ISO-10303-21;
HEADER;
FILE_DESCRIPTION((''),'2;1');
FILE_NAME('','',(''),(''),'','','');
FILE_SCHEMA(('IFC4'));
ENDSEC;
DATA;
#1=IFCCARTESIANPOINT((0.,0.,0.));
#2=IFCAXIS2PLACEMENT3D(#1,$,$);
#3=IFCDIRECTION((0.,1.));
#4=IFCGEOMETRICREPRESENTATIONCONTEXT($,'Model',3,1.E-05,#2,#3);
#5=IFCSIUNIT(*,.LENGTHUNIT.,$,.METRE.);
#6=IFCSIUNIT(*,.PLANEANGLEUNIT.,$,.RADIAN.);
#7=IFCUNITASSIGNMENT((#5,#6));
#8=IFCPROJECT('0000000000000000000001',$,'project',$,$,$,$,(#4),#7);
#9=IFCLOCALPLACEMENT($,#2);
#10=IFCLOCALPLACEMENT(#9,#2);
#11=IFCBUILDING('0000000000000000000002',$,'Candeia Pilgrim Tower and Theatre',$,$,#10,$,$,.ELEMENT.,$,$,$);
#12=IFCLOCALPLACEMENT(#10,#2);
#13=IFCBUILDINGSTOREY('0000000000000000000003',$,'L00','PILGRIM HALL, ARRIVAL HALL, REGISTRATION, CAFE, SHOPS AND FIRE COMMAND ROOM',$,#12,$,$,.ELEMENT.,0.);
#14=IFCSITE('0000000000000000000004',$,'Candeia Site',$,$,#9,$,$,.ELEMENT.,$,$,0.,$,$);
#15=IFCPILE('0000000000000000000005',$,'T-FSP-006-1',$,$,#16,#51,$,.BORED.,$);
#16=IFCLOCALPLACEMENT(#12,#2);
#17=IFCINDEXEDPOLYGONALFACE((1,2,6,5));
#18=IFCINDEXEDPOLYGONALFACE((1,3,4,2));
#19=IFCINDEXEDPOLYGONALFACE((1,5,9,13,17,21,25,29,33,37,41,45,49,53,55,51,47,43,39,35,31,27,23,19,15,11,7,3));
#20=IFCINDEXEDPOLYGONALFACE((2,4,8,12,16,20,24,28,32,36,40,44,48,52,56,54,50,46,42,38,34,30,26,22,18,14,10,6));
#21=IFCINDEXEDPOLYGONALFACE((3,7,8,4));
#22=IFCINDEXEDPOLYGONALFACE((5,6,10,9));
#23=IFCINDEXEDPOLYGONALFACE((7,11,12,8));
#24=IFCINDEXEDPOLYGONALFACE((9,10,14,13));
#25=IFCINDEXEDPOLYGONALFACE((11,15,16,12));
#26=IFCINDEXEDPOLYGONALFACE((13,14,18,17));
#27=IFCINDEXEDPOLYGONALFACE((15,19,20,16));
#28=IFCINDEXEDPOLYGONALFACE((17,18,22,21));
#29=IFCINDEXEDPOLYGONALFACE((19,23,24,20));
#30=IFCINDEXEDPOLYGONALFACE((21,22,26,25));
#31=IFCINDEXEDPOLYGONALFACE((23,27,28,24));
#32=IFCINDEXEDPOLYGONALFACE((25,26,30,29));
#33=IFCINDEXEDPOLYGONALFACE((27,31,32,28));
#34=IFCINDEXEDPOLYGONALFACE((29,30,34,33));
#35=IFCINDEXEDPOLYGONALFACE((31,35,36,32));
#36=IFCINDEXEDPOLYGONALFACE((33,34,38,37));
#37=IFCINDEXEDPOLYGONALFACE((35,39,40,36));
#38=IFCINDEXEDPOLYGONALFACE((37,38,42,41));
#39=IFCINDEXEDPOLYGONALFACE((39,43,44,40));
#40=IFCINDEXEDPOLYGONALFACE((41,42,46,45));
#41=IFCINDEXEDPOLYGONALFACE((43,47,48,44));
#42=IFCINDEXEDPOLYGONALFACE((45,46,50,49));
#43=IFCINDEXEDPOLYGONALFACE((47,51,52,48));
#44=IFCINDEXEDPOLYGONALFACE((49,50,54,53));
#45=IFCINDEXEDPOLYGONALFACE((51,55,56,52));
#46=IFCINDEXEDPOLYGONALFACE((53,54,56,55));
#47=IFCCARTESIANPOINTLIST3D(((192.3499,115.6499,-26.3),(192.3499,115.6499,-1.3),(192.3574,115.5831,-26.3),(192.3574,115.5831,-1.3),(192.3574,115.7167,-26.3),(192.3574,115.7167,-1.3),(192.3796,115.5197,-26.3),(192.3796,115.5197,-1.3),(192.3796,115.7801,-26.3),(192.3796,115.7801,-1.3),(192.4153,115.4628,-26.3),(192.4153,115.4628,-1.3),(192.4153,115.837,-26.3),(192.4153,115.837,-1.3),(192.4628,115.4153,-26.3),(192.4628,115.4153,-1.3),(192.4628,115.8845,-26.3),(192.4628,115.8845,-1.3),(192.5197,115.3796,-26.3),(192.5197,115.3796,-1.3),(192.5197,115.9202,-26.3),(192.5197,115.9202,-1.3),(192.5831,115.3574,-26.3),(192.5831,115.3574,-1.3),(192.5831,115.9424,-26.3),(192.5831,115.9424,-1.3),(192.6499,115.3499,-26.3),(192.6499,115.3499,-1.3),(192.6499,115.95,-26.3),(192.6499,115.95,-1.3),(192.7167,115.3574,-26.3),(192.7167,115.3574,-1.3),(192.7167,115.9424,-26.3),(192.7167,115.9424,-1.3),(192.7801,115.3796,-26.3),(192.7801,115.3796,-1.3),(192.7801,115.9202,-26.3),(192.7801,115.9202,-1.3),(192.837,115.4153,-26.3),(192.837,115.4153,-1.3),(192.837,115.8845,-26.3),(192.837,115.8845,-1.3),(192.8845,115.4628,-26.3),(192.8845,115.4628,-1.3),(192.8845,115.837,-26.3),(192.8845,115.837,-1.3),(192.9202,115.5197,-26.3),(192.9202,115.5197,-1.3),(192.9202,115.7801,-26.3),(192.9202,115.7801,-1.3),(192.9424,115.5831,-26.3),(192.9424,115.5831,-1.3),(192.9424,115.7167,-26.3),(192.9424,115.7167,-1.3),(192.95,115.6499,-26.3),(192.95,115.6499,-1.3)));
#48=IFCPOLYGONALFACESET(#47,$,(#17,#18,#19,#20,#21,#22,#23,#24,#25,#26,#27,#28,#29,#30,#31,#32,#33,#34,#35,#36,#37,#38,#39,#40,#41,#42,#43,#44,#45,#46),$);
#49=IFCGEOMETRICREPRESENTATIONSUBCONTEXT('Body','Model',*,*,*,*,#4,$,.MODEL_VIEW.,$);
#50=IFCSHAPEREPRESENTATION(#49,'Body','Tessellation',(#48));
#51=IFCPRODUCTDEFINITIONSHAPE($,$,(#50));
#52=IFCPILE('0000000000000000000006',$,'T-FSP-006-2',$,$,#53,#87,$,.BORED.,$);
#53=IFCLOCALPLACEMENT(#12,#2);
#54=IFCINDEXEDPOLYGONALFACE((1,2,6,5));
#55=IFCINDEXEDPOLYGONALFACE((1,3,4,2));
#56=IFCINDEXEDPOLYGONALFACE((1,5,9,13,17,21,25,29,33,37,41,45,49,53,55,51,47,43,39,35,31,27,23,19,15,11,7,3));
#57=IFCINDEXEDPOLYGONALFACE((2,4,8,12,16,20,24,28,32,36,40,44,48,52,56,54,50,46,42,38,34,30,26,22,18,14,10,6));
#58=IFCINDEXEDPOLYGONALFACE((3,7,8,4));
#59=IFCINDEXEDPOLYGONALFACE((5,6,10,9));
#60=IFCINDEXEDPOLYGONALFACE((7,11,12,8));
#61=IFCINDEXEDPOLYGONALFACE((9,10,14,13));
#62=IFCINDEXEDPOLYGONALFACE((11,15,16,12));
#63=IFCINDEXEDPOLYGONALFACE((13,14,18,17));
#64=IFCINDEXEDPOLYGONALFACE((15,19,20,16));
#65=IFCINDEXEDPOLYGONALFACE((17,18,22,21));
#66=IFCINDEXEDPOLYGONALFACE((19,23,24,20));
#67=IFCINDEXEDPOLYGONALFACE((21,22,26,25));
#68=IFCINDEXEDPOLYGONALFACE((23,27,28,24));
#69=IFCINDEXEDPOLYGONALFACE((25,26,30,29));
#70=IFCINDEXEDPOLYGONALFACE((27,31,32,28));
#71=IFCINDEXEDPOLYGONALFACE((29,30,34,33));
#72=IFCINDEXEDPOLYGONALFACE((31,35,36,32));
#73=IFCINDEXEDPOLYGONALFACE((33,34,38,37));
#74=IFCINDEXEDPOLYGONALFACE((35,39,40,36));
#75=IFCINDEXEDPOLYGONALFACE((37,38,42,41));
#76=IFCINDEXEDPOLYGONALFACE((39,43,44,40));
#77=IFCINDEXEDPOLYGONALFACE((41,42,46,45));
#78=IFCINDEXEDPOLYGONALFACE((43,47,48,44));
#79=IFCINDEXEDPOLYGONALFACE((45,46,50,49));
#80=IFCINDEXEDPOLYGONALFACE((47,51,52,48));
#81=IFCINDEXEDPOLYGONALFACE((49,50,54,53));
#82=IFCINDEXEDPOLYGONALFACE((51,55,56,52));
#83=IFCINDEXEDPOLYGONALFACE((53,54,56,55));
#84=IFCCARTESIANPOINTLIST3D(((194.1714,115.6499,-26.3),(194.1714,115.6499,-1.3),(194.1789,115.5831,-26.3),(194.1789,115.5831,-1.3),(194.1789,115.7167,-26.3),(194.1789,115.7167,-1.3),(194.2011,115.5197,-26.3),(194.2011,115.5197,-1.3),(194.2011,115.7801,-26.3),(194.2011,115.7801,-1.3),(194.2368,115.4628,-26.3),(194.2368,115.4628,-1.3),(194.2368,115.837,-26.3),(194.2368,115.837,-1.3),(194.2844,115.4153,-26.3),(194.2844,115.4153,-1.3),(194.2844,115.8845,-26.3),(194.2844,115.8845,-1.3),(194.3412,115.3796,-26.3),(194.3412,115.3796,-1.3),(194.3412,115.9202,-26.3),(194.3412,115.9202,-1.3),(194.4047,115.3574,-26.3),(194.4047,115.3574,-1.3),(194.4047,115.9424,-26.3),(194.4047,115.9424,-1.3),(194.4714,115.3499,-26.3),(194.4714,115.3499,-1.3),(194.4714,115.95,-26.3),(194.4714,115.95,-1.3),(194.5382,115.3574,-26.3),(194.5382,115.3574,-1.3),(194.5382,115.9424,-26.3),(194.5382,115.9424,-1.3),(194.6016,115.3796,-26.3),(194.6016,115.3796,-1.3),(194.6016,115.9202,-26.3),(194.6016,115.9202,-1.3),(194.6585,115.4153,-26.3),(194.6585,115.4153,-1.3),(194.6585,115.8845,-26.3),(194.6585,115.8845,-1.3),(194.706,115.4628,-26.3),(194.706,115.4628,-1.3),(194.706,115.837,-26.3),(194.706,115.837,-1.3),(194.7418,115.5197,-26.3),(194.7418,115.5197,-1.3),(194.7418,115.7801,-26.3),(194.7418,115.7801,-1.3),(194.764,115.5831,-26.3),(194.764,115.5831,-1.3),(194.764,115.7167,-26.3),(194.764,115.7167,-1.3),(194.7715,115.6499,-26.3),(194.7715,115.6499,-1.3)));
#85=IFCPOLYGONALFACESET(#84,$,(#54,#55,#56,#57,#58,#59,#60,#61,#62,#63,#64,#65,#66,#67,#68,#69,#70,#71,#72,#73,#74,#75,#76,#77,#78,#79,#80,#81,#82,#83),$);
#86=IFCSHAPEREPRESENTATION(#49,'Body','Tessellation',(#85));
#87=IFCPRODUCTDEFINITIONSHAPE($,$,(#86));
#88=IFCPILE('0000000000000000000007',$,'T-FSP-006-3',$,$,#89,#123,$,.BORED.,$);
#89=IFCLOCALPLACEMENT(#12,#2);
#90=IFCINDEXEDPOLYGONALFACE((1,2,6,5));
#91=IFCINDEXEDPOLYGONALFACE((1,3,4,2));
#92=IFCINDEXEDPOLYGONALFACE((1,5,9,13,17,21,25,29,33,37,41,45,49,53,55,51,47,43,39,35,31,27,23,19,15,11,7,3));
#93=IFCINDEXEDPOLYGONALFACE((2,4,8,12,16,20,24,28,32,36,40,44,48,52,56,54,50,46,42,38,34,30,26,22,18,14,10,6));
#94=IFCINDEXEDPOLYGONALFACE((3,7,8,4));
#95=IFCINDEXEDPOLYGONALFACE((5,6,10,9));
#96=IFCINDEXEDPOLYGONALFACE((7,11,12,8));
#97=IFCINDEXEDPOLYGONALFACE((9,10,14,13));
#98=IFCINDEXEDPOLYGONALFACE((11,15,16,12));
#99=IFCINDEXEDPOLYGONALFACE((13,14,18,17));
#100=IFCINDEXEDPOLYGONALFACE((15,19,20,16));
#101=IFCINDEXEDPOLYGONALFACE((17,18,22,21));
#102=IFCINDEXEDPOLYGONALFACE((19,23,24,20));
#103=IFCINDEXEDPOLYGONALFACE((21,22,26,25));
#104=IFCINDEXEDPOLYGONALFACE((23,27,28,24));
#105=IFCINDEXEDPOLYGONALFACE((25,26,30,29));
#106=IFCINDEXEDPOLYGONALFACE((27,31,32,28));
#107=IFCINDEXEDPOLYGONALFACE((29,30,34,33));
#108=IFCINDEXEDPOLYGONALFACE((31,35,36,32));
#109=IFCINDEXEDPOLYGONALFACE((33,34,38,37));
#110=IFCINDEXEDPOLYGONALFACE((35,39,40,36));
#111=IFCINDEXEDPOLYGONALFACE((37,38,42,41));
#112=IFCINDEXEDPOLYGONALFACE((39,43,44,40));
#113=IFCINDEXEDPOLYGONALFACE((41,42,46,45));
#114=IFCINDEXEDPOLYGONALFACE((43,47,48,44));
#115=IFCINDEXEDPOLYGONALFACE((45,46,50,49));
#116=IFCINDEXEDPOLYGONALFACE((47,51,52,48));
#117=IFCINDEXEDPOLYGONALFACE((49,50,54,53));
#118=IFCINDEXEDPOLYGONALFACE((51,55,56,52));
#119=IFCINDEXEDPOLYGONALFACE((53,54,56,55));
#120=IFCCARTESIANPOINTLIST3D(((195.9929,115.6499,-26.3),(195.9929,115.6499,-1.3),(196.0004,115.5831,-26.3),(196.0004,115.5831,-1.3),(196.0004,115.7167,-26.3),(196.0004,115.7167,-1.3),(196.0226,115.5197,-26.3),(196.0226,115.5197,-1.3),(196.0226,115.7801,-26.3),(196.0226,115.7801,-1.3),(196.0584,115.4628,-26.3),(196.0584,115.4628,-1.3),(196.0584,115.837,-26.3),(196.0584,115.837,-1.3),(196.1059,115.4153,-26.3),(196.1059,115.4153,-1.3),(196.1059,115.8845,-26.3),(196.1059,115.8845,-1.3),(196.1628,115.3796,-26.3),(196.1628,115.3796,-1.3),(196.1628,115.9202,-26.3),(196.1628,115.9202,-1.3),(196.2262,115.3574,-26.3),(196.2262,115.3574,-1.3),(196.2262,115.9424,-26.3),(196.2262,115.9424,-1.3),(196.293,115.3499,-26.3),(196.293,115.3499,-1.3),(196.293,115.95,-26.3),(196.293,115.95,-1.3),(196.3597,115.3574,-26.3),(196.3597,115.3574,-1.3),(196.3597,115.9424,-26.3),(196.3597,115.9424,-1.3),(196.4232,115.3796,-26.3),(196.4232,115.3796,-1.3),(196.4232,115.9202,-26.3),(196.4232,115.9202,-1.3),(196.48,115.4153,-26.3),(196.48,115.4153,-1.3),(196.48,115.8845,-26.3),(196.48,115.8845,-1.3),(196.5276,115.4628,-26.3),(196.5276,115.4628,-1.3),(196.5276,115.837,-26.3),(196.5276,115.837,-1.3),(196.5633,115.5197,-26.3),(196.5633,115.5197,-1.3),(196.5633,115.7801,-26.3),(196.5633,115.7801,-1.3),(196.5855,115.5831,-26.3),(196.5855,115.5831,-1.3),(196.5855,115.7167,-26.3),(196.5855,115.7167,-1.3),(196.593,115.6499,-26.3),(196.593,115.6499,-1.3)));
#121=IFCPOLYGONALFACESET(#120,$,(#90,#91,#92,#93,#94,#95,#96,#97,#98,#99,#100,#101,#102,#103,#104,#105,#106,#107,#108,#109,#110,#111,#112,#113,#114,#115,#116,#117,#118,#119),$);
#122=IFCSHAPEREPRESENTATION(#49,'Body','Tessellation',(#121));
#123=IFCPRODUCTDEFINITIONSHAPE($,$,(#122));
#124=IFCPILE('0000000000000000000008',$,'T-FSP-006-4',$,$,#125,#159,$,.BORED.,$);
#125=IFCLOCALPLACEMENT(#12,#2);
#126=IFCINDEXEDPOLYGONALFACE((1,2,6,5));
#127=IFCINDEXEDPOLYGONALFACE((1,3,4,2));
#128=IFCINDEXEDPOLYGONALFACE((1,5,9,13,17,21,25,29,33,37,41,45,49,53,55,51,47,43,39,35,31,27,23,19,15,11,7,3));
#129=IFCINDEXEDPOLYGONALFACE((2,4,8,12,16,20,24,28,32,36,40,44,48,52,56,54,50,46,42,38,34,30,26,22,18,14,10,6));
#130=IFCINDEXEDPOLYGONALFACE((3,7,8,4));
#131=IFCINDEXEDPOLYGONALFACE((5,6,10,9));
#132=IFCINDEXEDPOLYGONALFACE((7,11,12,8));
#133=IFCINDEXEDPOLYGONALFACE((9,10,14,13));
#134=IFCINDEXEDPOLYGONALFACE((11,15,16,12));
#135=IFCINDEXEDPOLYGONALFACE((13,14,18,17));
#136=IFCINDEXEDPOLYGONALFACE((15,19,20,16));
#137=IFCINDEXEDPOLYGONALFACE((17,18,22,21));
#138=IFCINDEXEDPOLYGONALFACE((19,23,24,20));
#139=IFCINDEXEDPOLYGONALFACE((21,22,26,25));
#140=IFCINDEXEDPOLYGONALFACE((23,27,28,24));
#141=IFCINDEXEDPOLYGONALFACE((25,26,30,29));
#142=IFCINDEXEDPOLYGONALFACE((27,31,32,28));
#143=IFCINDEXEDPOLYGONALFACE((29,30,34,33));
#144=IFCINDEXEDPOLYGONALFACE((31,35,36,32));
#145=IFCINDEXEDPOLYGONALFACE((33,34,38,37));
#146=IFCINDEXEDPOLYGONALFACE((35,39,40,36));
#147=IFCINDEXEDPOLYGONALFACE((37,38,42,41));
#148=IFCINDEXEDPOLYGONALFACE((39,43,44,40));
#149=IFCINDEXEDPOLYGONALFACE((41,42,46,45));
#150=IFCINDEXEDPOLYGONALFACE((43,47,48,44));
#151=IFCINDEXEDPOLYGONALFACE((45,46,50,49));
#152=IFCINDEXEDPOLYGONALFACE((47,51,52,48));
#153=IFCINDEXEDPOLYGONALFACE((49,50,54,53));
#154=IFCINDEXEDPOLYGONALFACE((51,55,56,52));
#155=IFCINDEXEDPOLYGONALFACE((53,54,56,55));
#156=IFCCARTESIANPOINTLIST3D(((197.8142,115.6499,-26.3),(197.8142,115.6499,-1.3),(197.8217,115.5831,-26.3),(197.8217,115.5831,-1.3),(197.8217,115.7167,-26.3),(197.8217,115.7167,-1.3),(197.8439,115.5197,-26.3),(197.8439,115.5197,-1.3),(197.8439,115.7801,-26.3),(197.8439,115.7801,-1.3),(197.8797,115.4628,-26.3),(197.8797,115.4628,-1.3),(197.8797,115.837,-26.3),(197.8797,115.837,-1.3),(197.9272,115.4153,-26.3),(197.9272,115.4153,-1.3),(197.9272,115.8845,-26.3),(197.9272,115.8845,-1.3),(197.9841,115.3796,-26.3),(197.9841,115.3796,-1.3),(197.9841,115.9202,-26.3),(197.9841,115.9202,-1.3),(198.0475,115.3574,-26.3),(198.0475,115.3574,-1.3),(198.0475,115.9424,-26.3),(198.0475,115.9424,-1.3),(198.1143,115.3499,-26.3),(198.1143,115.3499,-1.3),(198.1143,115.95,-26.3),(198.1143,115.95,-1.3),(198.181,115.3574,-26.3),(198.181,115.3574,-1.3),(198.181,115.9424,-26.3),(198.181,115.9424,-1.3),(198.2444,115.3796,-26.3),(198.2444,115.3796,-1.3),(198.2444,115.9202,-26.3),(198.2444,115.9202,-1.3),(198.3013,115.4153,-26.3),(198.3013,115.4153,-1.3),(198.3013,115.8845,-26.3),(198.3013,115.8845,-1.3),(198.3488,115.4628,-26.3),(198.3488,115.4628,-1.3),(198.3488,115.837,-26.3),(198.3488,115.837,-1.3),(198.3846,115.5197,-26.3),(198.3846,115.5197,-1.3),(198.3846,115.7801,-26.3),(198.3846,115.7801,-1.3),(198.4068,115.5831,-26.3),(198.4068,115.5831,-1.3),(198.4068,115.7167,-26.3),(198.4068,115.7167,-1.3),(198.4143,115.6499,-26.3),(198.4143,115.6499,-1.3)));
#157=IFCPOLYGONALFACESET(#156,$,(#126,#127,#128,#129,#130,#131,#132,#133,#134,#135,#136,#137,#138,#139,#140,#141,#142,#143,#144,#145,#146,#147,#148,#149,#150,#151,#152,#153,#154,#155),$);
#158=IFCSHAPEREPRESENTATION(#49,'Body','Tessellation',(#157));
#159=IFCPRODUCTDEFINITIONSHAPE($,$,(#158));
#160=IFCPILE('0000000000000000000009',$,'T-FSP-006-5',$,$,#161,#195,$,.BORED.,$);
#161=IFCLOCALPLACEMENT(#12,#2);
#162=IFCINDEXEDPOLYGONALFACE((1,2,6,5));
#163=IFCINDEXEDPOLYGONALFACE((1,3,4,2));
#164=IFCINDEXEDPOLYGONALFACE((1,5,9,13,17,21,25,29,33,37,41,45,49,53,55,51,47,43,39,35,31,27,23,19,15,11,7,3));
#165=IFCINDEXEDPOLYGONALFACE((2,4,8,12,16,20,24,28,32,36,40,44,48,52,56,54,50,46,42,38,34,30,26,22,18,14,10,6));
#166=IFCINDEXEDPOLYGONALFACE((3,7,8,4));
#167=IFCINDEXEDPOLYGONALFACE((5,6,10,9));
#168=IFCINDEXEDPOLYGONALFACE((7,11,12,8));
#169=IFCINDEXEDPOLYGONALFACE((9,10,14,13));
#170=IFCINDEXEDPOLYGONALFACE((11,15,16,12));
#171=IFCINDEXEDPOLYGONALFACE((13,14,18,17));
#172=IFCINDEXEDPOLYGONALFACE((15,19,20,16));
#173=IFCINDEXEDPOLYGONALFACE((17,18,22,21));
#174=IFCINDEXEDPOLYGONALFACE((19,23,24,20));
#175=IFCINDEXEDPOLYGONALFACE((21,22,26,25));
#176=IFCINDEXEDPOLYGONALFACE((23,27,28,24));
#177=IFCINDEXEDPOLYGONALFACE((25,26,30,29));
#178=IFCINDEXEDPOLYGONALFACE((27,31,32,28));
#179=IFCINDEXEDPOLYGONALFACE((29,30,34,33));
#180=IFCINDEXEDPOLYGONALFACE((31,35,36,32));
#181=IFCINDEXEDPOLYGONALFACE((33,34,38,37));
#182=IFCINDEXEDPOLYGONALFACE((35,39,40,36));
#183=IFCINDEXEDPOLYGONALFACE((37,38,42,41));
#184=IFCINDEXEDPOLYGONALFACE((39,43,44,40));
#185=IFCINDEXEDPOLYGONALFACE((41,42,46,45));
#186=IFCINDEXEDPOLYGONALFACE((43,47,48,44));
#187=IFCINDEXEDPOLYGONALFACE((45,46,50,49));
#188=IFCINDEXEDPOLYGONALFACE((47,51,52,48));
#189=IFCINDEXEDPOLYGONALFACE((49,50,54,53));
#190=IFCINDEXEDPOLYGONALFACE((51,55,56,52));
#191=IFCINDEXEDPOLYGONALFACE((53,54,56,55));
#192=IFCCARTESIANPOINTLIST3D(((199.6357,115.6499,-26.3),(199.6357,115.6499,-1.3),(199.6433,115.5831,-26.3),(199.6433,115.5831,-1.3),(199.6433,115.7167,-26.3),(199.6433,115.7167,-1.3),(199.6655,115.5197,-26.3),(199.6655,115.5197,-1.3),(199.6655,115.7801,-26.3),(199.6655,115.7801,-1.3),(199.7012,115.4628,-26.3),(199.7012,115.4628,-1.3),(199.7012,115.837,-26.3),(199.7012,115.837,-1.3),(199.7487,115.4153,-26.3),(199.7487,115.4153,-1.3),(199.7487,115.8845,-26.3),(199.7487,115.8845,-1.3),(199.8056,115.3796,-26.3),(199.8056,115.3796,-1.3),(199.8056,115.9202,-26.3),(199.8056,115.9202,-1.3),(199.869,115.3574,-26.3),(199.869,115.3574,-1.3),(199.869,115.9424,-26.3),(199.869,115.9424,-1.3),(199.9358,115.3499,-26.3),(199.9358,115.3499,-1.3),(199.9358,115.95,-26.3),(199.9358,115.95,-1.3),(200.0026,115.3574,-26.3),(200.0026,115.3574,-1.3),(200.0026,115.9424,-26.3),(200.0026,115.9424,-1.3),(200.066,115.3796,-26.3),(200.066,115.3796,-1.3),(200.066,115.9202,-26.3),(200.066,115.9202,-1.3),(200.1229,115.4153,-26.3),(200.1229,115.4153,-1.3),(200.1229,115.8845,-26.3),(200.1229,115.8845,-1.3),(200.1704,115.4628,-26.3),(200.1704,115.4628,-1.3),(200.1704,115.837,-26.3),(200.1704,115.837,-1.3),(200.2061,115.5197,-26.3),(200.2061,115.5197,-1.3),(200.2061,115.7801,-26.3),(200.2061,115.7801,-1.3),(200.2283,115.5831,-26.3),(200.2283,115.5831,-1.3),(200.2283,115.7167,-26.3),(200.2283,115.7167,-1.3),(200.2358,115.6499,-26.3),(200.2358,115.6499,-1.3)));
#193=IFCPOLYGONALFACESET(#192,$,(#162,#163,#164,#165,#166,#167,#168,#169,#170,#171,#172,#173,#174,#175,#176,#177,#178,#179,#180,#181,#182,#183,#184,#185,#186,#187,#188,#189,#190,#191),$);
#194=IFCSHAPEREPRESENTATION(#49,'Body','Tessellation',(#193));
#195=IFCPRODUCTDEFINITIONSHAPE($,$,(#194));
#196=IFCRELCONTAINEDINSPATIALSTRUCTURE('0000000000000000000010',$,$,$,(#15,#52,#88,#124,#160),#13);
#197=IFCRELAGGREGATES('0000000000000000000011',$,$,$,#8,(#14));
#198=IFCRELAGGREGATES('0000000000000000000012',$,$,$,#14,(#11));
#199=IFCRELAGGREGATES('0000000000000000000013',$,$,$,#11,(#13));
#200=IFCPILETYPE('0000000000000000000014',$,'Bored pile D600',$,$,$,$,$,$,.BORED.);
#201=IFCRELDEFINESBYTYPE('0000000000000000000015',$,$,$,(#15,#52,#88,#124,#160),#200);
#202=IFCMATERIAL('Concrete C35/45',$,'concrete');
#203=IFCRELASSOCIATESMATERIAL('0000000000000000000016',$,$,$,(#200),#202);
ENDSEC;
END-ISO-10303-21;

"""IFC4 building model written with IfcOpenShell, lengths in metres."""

from ifc_helpers import new_model, si_unit, direction, frame, origin, origin_2d, place, context, subcontext, project, spatial, circle, extrude, material, type_object, element, save


model = new_model("IFC4")

# Units and contexts
model_context = context("Model", 3, precision=1e-05, world=origin(), true_north=direction((0.0, 1.0)))
body_context = subcontext(model_context, "Body", "Model", "MODEL_VIEW")
ifc_project = project(units=[si_unit("LENGTHUNIT", "METRE"), si_unit("PLANEANGLEUNIT", "RADIAN")], contexts=[model_context])

# Site, building, storey
site_placement = place(None, origin())
site = spatial("IfcSite", under=ifc_project, at=site_placement, Name="Candeia Site", CompositionType="ELEMENT", RefElevation=0.0)
building_placement = place(site_placement, origin())
building = spatial("IfcBuilding", under=site, at=building_placement, Name="Candeia Pilgrim Tower and Theatre", CompositionType="ELEMENT")
storey_placement = place(building_placement, origin())
storey = spatial("IfcBuildingStorey", under=building, at=storey_placement, Name="L00", Description="PILGRIM HALL, ARRIVAL HALL, REGISTRATION, CAFE, SHOPS AND FIRE COMMAND ROOM", CompositionType="ELEMENT", Elevation=0.0)

# Piles
ifc_material_1 = material(Name="Concrete C35/45", Category="concrete")
pile_type = type_object("IfcPileType", Name="Bored pile D600", PredefinedType="BORED", material=ifc_material_1)
for number, where, z_axis, x_axis, name in (
    (1, (192.6499, 115.6499, -1.3), (0.0, 0.0, -1.0), (1.0, 0.0, 0.0), "T-FSP-006-1"),
    (2, (194.4714, 115.6499, -1.3), (0.0, 0.0, -1.0), (1.0, 0.0, 0.0), "T-FSP-006-2"),
    (3, (196.293, 115.6499, -1.3), (0.0, 0.0, -1.0), (1.0, 0.0, 0.0), "T-FSP-006-3"),
    (4, (198.1143, 115.6499, -1.3), (0.0, 0.0, -1.0), (1.0, 0.0, 0.0), "T-FSP-006-4"),
    (5, (199.9358, 115.6499, -1.3), (0.0, 0.0, -1.0), (1.0, 0.0, 0.0), "T-FSP-006-5"),
):
    element("IfcPile", number, at=place(storey_placement, frame(where, z_axis=z_axis, x_axis=x_axis)), inside=storey, type_object=pile_type, Name=name, PredefinedType="BORED", context=body_context, shape_type="SweptSolid", body=[
        extrude(circle(Radius=0.3, at=origin_2d()), origin(), (0.0, 0.0, 1.0), 25.0),
    ])

save(model, "model.ifc")
